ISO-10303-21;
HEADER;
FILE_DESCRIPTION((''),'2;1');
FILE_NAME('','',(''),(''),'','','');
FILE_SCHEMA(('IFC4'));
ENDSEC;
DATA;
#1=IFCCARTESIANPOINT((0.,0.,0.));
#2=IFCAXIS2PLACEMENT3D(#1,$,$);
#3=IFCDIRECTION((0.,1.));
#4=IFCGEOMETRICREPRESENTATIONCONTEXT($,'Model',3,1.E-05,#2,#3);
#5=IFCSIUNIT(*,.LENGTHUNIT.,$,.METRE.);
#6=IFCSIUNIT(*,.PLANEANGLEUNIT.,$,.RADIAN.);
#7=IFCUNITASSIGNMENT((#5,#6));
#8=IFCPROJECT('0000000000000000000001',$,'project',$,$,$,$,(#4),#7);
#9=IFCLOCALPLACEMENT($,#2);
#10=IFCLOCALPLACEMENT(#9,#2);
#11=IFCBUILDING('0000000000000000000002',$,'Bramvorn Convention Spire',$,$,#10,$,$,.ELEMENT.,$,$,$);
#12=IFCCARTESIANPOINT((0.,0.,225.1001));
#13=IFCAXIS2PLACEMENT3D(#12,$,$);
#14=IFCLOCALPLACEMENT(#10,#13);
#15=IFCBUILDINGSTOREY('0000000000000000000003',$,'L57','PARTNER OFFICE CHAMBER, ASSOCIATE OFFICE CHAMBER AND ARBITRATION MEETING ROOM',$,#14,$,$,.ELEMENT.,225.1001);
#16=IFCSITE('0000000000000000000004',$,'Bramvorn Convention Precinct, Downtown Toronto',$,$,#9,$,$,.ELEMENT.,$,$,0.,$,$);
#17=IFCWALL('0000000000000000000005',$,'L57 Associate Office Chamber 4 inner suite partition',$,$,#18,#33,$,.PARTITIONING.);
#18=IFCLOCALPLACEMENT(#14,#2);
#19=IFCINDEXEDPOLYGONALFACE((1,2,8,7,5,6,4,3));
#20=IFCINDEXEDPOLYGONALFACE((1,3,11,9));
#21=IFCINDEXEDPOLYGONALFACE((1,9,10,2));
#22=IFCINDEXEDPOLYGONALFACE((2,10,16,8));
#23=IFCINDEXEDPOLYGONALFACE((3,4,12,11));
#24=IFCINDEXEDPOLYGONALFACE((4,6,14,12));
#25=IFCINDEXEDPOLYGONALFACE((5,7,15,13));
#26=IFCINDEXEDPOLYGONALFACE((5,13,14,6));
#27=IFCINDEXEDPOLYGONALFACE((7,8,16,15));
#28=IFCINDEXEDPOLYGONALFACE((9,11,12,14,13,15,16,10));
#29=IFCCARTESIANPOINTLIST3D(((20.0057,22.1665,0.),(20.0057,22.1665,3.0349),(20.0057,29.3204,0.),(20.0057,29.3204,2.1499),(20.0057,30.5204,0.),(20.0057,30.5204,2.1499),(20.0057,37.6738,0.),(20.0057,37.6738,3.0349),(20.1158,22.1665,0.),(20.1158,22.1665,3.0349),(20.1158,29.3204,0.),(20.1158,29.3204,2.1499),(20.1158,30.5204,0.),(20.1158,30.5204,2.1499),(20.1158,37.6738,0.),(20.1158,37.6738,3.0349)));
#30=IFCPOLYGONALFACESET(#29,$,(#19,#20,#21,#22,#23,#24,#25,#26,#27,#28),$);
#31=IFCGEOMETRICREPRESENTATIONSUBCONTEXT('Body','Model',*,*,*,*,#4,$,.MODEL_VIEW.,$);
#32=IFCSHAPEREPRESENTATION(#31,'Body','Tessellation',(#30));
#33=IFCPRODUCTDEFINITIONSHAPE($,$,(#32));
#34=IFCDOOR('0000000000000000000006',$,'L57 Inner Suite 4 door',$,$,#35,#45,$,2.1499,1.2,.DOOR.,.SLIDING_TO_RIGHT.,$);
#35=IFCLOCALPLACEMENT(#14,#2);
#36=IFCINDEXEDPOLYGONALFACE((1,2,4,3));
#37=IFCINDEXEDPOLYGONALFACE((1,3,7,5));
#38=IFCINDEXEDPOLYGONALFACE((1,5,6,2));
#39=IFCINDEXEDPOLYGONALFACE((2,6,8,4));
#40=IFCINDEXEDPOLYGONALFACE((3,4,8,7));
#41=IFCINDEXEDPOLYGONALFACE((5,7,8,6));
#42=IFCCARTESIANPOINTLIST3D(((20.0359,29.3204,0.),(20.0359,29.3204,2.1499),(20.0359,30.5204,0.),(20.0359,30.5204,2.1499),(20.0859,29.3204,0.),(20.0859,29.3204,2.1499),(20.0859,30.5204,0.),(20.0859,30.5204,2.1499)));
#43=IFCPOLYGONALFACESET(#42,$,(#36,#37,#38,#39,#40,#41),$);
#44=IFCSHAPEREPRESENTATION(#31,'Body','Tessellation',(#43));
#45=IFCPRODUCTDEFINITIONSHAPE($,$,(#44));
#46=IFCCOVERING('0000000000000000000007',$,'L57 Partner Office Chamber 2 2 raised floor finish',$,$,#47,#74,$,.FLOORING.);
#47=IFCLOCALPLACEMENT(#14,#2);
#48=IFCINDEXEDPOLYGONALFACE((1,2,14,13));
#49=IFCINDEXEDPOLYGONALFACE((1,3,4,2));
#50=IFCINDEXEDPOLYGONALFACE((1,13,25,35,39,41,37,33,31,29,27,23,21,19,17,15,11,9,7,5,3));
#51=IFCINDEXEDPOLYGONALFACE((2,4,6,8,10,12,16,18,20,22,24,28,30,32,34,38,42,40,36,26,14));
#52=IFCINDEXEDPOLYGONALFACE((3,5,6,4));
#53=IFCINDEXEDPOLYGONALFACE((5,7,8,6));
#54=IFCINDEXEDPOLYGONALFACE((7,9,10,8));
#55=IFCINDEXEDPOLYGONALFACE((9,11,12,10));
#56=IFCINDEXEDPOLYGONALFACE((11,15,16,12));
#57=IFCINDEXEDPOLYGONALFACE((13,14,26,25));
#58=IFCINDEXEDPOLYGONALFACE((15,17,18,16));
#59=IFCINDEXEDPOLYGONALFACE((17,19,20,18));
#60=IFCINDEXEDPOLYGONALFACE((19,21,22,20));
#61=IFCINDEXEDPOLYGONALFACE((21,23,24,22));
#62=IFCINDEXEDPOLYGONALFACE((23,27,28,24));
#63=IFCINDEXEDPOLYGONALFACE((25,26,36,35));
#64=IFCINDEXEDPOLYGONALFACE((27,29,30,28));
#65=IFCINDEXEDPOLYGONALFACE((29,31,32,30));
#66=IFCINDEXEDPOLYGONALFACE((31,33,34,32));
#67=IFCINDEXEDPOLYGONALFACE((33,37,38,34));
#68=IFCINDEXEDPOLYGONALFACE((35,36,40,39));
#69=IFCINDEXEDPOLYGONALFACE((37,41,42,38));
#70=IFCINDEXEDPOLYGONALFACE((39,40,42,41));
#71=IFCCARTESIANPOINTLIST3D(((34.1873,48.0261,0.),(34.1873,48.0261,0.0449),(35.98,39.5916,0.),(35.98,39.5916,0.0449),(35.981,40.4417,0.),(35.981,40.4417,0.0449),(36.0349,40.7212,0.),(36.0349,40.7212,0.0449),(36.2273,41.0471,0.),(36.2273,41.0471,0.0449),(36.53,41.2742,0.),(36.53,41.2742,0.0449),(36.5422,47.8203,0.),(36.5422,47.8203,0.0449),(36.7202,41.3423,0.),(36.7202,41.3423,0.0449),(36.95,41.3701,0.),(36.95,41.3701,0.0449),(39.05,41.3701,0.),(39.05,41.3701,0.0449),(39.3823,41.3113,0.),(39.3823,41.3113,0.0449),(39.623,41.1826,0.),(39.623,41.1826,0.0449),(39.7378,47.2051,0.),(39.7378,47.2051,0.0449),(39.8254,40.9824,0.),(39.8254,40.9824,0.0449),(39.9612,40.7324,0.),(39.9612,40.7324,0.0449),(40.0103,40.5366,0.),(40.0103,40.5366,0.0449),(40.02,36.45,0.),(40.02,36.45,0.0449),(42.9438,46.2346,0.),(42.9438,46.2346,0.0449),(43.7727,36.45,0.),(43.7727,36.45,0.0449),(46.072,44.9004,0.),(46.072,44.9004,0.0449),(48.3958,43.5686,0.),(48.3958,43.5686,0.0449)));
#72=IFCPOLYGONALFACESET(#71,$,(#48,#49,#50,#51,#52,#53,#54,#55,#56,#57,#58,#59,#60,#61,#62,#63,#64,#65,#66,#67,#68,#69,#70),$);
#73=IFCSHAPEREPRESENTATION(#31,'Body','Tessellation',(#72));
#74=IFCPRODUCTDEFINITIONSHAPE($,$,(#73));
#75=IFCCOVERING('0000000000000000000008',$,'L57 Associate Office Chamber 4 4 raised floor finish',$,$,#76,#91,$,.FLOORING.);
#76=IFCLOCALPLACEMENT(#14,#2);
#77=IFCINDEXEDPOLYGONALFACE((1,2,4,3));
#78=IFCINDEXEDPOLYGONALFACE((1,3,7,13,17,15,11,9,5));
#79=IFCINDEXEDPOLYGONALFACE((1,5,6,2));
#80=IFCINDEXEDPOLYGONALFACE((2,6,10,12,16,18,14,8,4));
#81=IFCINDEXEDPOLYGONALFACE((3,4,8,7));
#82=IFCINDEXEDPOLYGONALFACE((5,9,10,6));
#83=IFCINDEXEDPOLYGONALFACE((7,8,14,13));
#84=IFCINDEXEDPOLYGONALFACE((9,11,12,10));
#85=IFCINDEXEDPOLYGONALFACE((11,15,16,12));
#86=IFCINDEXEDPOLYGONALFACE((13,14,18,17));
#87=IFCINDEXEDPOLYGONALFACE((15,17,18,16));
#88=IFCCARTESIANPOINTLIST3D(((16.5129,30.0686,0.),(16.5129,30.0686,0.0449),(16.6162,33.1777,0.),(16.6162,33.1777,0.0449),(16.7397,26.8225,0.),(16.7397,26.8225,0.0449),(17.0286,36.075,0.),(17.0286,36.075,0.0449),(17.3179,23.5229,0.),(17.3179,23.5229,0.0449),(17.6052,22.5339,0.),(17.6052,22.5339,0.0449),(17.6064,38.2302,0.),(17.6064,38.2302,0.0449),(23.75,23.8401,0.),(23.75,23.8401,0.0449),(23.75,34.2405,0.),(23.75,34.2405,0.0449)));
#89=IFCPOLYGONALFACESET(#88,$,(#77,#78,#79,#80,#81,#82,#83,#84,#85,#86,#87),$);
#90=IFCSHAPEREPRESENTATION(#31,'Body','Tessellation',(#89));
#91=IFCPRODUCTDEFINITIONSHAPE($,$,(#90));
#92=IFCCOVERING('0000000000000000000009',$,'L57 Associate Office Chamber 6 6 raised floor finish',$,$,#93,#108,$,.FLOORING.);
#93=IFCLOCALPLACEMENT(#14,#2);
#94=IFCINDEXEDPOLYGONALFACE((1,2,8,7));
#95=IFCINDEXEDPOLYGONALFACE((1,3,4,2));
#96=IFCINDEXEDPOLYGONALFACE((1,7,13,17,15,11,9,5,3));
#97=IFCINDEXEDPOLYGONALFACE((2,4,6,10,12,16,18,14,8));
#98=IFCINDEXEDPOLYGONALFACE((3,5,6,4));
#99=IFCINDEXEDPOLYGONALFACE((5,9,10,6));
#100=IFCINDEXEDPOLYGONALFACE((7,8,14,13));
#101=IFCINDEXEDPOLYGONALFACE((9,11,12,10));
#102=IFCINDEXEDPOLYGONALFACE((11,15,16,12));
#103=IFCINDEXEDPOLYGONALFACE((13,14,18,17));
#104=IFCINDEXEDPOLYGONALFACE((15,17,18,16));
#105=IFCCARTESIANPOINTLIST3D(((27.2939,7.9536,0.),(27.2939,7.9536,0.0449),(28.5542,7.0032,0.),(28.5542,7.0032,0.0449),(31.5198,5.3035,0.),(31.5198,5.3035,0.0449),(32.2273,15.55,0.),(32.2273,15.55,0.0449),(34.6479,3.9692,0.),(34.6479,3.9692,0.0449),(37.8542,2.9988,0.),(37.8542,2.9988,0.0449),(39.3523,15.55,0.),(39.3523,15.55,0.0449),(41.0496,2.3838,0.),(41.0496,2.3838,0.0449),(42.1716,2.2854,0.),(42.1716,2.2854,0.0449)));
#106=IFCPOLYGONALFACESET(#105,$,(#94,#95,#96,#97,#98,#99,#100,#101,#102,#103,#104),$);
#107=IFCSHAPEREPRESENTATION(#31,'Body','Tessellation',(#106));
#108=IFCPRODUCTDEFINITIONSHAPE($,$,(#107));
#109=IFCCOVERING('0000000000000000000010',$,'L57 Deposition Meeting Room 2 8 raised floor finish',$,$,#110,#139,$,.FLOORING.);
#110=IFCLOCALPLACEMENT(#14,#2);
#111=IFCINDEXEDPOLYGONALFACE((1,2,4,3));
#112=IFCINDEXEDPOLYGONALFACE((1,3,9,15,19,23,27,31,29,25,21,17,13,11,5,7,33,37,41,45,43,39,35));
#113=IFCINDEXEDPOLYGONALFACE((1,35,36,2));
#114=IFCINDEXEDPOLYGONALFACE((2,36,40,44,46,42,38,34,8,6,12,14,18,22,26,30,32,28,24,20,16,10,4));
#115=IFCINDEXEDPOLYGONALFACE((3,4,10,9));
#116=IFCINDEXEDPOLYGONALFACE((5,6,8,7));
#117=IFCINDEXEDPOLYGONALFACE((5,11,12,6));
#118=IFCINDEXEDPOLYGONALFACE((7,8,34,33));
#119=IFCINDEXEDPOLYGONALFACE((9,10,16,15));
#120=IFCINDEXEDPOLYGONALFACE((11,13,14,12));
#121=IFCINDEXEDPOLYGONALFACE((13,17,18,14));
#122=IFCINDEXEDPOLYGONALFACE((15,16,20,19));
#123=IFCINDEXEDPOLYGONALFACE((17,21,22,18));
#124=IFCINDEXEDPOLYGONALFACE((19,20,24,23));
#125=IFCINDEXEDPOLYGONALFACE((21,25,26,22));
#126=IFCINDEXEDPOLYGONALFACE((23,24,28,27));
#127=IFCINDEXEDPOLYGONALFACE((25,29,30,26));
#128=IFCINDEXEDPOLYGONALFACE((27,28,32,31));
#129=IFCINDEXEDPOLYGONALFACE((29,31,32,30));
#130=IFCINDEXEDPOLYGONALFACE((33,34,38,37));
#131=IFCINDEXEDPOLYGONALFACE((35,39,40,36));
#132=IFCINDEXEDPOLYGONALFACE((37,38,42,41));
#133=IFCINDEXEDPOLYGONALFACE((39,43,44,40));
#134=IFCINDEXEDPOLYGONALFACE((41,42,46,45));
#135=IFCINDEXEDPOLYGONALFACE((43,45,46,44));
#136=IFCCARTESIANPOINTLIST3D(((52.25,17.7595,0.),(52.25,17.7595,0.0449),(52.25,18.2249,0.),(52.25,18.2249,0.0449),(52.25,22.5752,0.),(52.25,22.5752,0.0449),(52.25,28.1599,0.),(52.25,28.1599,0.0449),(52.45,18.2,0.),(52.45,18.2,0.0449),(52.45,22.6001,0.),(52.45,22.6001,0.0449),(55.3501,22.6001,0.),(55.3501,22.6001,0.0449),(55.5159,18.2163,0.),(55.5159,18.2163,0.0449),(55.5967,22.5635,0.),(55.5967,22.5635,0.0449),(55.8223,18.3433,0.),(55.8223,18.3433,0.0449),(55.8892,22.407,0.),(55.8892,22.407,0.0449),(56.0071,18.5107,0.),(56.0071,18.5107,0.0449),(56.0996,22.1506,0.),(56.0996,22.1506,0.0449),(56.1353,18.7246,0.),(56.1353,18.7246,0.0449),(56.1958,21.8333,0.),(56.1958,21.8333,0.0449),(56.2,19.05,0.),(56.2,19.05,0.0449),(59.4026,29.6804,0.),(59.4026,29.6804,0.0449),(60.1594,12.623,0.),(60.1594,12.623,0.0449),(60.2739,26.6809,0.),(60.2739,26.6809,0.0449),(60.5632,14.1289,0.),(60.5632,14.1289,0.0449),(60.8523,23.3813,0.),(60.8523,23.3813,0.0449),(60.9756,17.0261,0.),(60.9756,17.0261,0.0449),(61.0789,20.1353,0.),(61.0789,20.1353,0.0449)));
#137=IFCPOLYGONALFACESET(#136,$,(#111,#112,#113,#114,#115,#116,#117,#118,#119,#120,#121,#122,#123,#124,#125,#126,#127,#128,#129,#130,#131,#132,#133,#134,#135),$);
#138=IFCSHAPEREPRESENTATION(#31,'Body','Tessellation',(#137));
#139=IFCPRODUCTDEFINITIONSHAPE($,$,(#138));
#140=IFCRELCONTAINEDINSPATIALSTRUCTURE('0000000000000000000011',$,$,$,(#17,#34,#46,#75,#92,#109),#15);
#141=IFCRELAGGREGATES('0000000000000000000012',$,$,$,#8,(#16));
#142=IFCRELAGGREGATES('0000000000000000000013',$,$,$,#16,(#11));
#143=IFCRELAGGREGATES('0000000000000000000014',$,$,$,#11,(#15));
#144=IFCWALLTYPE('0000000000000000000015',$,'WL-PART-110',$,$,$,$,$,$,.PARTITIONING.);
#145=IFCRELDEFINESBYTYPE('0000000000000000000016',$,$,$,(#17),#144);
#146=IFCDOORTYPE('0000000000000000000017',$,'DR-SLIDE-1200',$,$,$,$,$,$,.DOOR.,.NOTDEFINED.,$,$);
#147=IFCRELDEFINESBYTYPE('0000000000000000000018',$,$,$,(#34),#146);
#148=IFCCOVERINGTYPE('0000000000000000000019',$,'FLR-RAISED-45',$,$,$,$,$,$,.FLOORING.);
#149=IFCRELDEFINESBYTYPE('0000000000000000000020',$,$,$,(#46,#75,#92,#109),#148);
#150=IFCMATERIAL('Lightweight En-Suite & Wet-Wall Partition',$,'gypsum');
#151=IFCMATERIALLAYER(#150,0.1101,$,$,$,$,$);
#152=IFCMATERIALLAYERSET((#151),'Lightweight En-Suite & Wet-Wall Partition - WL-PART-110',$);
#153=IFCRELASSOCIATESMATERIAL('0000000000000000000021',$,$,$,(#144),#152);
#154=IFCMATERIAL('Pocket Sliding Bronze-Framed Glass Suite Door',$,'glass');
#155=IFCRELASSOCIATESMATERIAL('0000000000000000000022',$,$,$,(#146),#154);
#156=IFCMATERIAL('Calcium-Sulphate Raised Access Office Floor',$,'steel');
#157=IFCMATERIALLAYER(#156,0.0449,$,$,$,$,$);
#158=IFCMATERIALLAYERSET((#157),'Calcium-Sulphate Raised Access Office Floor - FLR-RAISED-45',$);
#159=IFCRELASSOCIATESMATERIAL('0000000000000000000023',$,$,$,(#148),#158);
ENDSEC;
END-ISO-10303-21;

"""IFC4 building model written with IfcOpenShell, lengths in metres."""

from ifc_helpers import new_model, si_unit, direction, frame, frame_2d, origin, place, context, subcontext, project, spatial, polyline, rectangle, outline, extrude, material, layer, layer_set, type_object, element, fill, save


model = new_model("IFC4")

# Units and contexts
model_context = context("Model", 3, precision=1e-05, world=origin(), true_north=direction((0.0, 1.0)))
body_context = subcontext(model_context, "Body", "Model", "MODEL_VIEW")
ifc_project = project(units=[si_unit("LENGTHUNIT", "METRE"), si_unit("PLANEANGLEUNIT", "RADIAN")], contexts=[model_context])

# Site, building, storey
site_placement = place(None, origin())
site = spatial("IfcSite", under=ifc_project, at=site_placement, Name="Bramvorn Convention Precinct, Downtown Toronto", CompositionType="ELEMENT", RefElevation=0.0)
building_placement = place(site_placement, origin())
building = spatial("IfcBuilding", under=site, at=building_placement, Name="Bramvorn Convention Spire", CompositionType="ELEMENT")
storey_placement = place(building_placement, frame((0.0, 0.0, 225.1001)))
storey = spatial("IfcBuildingStorey", under=building, at=storey_placement, Name="L57", Description="PARTNER OFFICE CHAMBER, ASSOCIATE OFFICE CHAMBER AND ARBITRATION MEETING ROOM", CompositionType="ELEMENT", Elevation=225.1001)

# Shared definitions
ifc_material_1 = material(Name="Lightweight En-Suite & Wet-Wall Partition", Category="gypsum")
ifc_layer_1 = layer(ifc_material_1, 0.1101)
ifc_layer_set_1 = layer_set([ifc_layer_1], Name="Lightweight En-Suite & Wet-Wall Partition - WL-PART-110")
wall_type_1 = type_object("IfcWallType", Name="WL-PART-110", PredefinedType="PARTITIONING", material=ifc_layer_set_1)

# Wall, opening, door
wall_1_placement = place(storey_placement, frame((20.0608, 22.1665, 0.0), z_axis=(0.0, 0.0, 1.0), x_axis=(0.0, 1.0, 0.0)))
wall_1 = element("IfcWall", 1, at=wall_1_placement, inside=storey, type_object=wall_type_1, Name="L57 Associate Office Chamber 4 inner suite partition", PredefinedType="PARTITIONING", context=body_context, shape_type="SweptSolid", body=[
    extrude(rectangle(XDim=15.5073, YDim=0.1101, at=frame_2d((7.7537, 0.0))), origin(), (0.0, 0.0, 1.0), 3.0349),
])
opening_placement = place(wall_1_placement, frame((7.1538, 0.0, 0.0)))
opening = element("IfcOpeningElement", 2, at=opening_placement, cuts=wall_1, PredefinedType="OPENING", context=body_context, shape_type="SweptSolid", body=[
    extrude(rectangle(XDim=1.2, YDim=2.1499, at=frame_2d((0.6001, 1.075))), frame((0.0, 0.0649, 0.0), z_axis=(0.0, -1.0, 0.0), x_axis=(1.0, 0.0, 0.0)), (0.0, 0.0, 1.0), 0.1301),
])
ifc_material_2 = material(Name="Pocket Sliding Bronze-Framed Glass Suite Door", Category="glass")
door_type = type_object("IfcDoorType", Name="DR-SLIDE-1200", OperationType="NOTDEFINED", PredefinedType="DOOR", material=ifc_material_2)
door_placement = place(opening_placement, origin())
door = element("IfcDoor", 3, at=door_placement, inside=storey, type_object=door_type, Name="L57 Inner Suite 4 door", OperationType="SLIDING_TO_RIGHT", OverallHeight=2.1499, OverallWidth=1.2, PredefinedType="DOOR", context=body_context, shape_type="SweptSolid", body=[
    extrude(rectangle(XDim=1.2, YDim=2.1499, at=frame_2d((0.6001, 1.075))), frame((0.0, 0.0249, 0.0), z_axis=(0.0, -1.0, 0.0), x_axis=(1.0, 0.0, 0.0)), (0.0, 0.0, 1.0), 0.05),
])
fill(opening, door)

# Coverings
ifc_material_3 = material(Name="Calcium-Sulphate Raised Access Office Floor", Category="steel")
ifc_layer_2 = layer(ifc_material_3, 0.0449)
ifc_layer_set_2 = layer_set([ifc_layer_2], Name="Calcium-Sulphate Raised Access Office Floor - FLR-RAISED-45")
covering_type = type_object("IfcCoveringType", Name="FLR-RAISED-45", PredefinedType="FLOORING", material=ifc_layer_set_2)
covering_1_placement = place(storey_placement, origin())
element("IfcCovering", 4, at=covering_1_placement, inside=storey, type_object=covering_type, Name="L57 Partner Office Chamber 2 2 raised floor finish", PredefinedType="FLOORING", context=body_context, shape_type="SweptSolid", body=[
    extrude(outline(polyline([(35.98, 39.5916), (35.981, 40.4417), (36.0349, 40.7212), (36.2273, 41.0471), (36.53, 41.2742), (36.7202, 41.3423), (36.95, 41.3701), (39.05, 41.3701), (39.3823, 41.3113), (39.623, 41.1826), (39.8254, 40.9824), (39.9612, 40.7324), (40.0103, 40.5366), (40.02, 36.45), (43.7727, 36.45), (48.3958, 43.5686), (46.072, 44.9004), (42.9438, 46.2346), (39.7378, 47.2051), (36.5422, 47.8203), (34.1873, 48.0261), (35.98, 39.5916)])), origin(), (0.0, 0.0, 1.0), 0.0449),
])
covering_2_placement = place(storey_placement, origin())
element("IfcCovering", 5, at=covering_2_placement, inside=storey, type_object=covering_type, Name="L57 Associate Office Chamber 4 4 raised floor finish", PredefinedType="FLOORING", context=body_context, shape_type="SweptSolid", body=[
    extrude(outline(polyline([(17.3179, 23.5229), (17.6052, 22.5339), (23.75, 23.8401), (23.75, 34.2405), (17.6064, 38.2302), (17.0286, 36.075), (16.6162, 33.1777), (16.5129, 30.0686), (16.7397, 26.8225), (17.3179, 23.5229)])), origin(), (0.0, 0.0, 1.0), 0.0449),
])
covering_3_placement = place(storey_placement, origin())
element("IfcCovering", 6, at=covering_3_placement, inside=storey, type_object=covering_type, Name="L57 Associate Office Chamber 6 6 raised floor finish", PredefinedType="FLOORING", context=body_context, shape_type="SweptSolid", body=[
    extrude(outline(polyline([(41.0496, 2.3838), (42.1716, 2.2854), (39.3523, 15.55), (32.2273, 15.55), (27.2939, 7.9536), (28.5542, 7.0032), (31.5198, 5.3035), (34.6479, 3.9692), (37.8542, 2.9988), (41.0496, 2.3838)])), origin(), (0.0, 0.0, 1.0), 0.0449),
])
covering_4_placement = place(storey_placement, origin())
element("IfcCovering", 7, at=covering_4_placement, inside=storey, type_object=covering_type, Name="L57 Deposition Meeting Room 2 8 raised floor finish", PredefinedType="FLOORING", context=body_context, shape_type="SweptSolid", body=[
    extrude(outline(polyline([(52.25, 17.7595), (60.1594, 12.623), (60.5632, 14.1289), (60.9756, 17.0261), (61.0789, 20.1353), (60.8523, 23.3813), (60.2739, 26.6809), (59.4026, 29.6804), (52.25, 28.1599), (52.25, 22.5752), (52.45, 22.6001), (55.3501, 22.6001), (55.5967, 22.5635), (55.8892, 22.407), (56.0996, 22.1506), (56.1958, 21.8333), (56.2, 19.05), (56.1353, 18.7246), (56.0071, 18.5107), (55.8223, 18.3433), (55.5159, 18.2163), (52.45, 18.2), (52.25, 18.2249), (52.25, 17.7595)])), origin(), (0.0, 0.0, 1.0), 0.0449),
])

save(model, "model.ifc")
